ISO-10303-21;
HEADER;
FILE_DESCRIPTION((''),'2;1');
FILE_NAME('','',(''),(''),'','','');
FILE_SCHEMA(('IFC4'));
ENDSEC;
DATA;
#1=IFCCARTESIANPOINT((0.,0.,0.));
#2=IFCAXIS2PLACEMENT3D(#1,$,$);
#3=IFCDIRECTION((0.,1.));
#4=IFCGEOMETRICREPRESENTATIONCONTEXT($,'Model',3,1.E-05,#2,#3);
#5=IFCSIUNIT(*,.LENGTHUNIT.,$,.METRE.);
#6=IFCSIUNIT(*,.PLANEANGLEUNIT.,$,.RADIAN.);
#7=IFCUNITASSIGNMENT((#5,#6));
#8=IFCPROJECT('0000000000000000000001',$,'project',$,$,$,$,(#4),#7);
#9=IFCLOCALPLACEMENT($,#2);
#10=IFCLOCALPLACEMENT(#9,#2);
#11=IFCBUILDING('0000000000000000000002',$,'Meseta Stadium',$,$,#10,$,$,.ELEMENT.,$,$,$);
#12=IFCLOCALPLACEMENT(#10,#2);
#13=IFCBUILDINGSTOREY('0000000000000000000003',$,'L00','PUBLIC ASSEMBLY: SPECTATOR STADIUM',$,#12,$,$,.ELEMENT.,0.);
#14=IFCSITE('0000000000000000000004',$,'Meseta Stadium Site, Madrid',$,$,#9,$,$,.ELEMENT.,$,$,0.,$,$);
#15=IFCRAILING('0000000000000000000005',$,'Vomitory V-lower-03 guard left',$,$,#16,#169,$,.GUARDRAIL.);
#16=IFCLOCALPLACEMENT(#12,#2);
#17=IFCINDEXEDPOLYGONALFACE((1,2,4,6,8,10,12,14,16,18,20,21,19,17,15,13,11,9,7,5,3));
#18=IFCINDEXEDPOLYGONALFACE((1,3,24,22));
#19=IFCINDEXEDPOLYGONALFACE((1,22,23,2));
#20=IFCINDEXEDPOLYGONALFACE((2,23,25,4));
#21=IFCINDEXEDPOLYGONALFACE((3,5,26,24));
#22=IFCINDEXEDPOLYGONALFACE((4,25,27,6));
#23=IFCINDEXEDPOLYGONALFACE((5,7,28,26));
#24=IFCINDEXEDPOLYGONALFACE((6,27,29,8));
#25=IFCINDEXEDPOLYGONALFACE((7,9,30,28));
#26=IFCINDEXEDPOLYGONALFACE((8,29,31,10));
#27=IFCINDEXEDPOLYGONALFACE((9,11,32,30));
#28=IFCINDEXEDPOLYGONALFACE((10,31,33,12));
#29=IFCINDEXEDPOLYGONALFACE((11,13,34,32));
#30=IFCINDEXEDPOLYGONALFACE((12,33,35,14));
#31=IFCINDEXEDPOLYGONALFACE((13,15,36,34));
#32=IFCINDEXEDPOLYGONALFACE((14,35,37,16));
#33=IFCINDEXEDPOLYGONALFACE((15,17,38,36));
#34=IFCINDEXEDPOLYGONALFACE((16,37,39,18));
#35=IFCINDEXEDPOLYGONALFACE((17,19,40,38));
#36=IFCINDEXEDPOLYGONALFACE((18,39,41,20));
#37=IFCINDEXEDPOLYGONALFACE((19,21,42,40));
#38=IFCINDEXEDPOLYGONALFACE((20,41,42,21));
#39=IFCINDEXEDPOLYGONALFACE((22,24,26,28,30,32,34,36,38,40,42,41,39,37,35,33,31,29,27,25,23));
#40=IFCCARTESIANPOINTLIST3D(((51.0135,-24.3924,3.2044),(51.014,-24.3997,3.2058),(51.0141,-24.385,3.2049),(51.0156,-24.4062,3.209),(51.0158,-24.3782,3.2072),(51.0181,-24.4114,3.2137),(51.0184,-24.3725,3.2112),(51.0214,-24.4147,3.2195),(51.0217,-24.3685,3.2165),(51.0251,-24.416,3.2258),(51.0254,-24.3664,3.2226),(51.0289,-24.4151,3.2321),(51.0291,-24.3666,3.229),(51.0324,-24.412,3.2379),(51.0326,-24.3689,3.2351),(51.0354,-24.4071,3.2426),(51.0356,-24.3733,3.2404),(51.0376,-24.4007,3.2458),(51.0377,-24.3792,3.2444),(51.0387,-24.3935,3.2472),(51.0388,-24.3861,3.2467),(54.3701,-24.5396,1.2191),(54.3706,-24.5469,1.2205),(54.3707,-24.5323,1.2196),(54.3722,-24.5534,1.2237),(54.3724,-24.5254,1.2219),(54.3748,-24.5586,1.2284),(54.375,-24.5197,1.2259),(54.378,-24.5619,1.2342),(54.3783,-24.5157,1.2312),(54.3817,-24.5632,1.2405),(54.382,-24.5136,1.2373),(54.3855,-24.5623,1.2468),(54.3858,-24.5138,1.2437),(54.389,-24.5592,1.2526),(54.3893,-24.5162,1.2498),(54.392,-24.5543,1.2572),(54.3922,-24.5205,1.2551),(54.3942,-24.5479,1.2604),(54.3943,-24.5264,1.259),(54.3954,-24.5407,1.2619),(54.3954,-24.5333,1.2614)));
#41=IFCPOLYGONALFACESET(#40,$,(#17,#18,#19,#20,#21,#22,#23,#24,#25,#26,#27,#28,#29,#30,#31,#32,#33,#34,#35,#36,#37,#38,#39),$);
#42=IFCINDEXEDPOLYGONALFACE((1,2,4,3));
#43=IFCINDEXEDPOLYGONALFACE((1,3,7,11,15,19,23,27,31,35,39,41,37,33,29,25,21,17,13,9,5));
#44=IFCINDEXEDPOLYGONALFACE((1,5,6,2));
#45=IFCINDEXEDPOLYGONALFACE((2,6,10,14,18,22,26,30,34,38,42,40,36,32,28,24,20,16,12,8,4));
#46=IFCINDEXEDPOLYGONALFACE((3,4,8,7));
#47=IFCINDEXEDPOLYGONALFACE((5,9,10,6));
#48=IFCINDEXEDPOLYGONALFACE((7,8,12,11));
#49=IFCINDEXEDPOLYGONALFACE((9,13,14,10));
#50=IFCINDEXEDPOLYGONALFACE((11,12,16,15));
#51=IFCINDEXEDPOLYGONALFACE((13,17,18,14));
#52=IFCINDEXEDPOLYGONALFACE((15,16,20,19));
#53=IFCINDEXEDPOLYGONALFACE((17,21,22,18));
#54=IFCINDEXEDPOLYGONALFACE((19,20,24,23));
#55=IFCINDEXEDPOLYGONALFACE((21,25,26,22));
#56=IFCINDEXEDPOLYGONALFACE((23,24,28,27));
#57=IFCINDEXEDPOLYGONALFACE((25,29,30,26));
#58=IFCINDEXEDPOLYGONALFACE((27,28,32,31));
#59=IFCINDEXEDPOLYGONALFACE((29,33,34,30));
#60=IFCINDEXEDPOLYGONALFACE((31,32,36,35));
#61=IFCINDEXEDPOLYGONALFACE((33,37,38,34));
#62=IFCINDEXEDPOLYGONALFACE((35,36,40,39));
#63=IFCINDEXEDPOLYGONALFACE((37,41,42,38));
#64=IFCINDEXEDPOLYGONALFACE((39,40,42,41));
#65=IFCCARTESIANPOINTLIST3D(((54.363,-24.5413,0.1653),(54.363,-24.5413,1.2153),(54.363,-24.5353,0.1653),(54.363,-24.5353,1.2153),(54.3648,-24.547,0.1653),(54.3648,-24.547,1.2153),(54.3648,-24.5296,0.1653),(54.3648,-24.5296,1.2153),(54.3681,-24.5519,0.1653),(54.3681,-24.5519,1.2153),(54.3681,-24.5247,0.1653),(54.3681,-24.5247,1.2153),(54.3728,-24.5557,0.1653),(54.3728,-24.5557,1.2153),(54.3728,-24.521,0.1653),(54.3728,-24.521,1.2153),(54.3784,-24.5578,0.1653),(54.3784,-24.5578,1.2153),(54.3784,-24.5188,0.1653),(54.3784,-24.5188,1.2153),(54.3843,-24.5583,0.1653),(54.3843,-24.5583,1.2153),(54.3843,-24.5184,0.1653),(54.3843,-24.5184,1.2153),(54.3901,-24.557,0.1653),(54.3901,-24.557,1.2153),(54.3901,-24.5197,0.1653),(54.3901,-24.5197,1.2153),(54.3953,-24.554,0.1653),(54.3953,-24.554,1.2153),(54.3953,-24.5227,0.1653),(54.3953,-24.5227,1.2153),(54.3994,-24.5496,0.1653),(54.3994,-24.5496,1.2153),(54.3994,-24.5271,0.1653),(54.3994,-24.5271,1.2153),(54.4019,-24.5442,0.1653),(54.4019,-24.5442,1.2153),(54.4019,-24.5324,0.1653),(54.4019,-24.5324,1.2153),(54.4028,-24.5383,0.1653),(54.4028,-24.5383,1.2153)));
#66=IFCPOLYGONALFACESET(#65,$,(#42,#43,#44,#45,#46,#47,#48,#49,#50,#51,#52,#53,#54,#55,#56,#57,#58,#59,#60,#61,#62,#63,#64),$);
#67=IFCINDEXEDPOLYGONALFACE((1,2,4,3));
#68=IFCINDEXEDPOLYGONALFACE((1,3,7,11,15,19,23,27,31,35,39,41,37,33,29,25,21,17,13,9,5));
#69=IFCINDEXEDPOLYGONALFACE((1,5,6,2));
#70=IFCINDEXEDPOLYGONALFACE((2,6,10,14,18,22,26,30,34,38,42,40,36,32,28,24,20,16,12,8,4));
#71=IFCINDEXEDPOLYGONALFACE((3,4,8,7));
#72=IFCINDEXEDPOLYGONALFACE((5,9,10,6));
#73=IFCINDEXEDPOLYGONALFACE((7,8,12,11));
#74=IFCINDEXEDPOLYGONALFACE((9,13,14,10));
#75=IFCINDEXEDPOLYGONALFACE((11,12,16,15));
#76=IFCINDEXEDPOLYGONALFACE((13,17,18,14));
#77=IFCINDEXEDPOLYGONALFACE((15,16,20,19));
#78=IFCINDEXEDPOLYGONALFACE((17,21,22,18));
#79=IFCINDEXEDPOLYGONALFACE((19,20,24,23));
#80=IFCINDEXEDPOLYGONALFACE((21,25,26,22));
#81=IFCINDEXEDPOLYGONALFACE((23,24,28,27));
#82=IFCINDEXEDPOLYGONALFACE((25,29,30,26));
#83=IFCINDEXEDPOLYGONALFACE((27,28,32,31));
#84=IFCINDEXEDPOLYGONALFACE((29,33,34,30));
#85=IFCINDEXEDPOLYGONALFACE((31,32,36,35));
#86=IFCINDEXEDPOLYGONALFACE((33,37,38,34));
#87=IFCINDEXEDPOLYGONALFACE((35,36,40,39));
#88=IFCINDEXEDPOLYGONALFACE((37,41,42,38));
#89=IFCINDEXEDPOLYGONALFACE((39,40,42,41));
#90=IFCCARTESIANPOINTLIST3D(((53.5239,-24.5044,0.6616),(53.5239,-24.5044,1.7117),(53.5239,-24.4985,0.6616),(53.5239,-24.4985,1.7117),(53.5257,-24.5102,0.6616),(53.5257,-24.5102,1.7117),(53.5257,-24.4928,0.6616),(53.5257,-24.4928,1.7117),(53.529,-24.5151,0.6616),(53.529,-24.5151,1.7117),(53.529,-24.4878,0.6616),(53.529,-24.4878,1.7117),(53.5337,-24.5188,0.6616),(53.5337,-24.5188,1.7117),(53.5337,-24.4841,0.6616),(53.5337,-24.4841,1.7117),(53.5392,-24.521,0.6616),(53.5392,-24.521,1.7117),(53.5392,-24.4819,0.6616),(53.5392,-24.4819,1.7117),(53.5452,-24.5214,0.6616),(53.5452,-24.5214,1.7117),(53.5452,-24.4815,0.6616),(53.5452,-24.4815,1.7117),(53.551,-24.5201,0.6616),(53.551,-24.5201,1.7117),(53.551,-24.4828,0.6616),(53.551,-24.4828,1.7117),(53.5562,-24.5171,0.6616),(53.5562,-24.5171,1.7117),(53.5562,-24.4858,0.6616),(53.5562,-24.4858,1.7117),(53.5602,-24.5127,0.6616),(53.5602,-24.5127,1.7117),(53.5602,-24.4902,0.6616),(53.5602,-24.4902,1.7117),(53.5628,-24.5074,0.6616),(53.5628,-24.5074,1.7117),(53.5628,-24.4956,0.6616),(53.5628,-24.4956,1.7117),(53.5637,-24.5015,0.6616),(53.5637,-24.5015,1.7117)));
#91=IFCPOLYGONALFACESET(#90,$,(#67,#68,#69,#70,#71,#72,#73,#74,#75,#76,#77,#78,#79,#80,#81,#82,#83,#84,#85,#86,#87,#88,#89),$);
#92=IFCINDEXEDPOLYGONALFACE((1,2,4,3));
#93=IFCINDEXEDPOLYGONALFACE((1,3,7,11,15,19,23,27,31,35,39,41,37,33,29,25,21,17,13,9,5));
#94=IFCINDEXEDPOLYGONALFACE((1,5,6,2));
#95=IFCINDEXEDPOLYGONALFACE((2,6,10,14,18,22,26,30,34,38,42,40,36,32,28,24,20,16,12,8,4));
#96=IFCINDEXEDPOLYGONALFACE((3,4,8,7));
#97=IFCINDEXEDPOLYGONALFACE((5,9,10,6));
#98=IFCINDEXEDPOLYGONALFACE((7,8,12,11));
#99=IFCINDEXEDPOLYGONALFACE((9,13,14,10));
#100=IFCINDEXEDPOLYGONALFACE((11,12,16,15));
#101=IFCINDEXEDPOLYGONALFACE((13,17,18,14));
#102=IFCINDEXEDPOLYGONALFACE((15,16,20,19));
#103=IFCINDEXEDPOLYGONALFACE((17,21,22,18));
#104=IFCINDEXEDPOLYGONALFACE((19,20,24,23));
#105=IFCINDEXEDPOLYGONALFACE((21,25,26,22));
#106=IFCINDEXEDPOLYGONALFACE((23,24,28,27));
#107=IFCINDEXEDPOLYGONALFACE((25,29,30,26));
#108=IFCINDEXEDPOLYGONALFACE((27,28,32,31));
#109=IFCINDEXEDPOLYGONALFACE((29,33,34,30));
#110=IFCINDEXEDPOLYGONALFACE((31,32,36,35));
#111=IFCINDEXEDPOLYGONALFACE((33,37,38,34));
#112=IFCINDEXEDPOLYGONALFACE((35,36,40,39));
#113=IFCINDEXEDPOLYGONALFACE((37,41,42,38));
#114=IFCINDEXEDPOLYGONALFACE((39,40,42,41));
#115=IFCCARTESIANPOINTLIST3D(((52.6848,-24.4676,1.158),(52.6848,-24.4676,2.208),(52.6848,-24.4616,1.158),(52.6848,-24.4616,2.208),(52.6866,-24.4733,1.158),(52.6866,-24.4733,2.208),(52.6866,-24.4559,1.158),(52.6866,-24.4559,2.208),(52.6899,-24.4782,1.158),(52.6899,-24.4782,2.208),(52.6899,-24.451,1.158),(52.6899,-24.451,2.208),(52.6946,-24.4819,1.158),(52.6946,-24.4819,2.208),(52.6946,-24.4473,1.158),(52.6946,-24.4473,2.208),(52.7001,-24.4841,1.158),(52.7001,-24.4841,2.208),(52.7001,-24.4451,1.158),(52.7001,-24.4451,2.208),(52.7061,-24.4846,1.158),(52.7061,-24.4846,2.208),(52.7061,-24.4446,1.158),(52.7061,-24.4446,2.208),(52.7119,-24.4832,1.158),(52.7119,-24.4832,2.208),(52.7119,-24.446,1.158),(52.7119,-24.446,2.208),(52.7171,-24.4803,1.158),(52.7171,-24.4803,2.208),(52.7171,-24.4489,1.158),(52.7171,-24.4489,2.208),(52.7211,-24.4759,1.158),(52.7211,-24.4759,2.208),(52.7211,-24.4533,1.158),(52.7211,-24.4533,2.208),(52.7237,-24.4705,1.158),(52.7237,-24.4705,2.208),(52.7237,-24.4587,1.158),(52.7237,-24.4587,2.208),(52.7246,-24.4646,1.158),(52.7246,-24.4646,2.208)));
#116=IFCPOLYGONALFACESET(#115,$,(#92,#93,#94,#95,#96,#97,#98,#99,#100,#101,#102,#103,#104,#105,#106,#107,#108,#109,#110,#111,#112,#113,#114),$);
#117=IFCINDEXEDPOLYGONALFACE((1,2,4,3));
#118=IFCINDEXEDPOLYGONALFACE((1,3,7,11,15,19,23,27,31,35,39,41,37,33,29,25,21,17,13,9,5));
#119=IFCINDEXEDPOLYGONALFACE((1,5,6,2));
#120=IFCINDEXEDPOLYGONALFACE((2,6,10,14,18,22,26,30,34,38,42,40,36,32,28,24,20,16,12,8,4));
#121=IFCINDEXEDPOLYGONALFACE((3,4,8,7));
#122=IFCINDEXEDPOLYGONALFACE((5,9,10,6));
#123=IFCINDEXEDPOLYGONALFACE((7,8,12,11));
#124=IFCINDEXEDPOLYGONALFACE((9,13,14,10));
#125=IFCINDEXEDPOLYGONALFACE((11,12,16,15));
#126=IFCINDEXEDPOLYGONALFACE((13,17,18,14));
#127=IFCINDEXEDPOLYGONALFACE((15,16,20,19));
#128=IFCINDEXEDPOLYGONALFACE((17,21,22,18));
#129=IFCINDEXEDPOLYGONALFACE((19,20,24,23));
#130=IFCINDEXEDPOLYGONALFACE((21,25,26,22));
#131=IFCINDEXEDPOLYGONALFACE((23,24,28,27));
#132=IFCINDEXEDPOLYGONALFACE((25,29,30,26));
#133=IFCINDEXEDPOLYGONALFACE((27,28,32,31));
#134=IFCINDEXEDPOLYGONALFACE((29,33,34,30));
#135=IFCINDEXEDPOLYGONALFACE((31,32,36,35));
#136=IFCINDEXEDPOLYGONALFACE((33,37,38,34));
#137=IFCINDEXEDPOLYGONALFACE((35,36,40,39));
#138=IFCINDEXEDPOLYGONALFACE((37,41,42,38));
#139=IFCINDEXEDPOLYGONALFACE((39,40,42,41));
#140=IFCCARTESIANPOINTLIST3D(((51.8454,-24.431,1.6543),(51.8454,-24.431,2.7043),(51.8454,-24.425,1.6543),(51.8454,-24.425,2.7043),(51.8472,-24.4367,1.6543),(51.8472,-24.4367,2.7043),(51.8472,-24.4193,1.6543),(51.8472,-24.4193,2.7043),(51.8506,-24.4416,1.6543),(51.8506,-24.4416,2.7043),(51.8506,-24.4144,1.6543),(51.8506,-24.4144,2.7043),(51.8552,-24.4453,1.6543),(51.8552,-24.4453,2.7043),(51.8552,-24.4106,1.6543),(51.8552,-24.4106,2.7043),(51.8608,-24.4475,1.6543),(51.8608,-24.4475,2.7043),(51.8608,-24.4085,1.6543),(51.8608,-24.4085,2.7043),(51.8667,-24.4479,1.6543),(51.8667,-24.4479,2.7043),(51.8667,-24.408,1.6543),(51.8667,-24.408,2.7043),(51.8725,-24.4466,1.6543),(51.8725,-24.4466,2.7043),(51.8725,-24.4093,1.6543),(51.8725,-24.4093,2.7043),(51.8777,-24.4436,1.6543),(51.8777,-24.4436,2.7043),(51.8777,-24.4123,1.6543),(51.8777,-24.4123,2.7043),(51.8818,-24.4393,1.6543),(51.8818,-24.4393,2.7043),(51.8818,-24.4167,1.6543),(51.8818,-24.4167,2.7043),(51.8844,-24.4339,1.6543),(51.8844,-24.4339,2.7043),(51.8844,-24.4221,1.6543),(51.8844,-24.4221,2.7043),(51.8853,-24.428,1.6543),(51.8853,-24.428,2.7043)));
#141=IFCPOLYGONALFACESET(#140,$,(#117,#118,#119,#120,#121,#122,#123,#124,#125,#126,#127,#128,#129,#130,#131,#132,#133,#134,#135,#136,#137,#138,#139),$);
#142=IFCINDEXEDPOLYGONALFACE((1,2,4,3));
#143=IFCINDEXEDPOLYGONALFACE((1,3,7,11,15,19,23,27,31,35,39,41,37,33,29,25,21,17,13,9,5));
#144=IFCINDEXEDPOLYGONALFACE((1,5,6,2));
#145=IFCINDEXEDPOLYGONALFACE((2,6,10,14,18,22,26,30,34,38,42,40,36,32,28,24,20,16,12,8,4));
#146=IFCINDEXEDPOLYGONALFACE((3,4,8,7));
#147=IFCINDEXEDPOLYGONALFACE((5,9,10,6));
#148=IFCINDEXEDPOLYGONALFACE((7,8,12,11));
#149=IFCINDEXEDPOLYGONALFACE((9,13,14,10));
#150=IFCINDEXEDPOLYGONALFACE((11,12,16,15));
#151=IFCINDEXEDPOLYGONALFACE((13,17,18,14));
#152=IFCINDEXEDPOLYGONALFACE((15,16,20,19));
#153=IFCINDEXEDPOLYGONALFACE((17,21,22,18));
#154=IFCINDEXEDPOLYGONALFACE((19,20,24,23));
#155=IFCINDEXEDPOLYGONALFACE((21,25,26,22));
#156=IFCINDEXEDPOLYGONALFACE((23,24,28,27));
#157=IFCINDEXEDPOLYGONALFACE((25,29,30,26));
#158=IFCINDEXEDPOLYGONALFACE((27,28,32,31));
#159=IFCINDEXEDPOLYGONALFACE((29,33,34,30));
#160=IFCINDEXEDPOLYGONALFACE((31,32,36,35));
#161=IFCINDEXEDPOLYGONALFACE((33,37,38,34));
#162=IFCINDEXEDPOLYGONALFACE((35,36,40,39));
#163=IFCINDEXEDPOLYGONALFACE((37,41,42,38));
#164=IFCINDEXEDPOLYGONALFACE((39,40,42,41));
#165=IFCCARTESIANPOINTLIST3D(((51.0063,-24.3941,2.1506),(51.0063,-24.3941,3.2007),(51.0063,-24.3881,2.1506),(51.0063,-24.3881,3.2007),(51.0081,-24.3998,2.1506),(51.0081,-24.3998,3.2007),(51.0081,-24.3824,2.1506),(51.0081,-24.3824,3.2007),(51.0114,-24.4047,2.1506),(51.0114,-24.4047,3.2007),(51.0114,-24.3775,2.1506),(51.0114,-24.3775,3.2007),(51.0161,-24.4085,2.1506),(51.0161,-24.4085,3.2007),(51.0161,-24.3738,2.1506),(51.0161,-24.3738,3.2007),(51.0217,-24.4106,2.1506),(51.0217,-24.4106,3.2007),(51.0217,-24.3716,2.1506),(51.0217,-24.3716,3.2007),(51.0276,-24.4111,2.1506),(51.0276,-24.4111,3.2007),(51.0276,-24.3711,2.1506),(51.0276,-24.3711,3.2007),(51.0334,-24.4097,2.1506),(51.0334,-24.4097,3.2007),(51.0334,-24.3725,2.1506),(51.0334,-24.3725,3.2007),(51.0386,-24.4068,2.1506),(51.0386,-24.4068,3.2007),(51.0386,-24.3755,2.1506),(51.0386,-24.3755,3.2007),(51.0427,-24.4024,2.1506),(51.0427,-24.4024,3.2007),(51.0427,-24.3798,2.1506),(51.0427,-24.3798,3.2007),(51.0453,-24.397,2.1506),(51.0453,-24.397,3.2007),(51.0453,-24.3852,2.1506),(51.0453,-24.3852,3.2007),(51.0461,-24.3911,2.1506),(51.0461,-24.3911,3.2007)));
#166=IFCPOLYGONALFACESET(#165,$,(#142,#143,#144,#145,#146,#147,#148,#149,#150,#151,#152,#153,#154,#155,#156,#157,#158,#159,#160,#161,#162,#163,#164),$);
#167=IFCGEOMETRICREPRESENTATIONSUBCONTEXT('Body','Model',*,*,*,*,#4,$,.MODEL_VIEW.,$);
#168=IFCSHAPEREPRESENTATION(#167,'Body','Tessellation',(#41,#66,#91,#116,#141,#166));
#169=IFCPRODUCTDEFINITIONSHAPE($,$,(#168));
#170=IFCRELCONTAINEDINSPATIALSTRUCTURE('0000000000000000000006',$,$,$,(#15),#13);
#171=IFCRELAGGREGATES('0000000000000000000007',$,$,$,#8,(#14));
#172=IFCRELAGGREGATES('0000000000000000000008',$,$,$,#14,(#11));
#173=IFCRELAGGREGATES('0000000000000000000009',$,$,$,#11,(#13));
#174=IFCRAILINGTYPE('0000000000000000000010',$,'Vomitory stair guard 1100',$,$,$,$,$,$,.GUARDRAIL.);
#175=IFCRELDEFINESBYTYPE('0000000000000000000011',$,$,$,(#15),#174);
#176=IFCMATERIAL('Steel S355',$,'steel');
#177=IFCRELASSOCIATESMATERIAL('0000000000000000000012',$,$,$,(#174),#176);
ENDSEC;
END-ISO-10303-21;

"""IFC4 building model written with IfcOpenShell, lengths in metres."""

from ifc_helpers import new_model, si_unit, direction, frame, origin, origin_2d, place, context, subcontext, project, spatial, circle, extrude, material, type_object, element, save


model = new_model("IFC4")

# Units and contexts
model_context = context("Model", 3, precision=1e-05, world=origin(), true_north=direction((0.0, 1.0)))
body_context = subcontext(model_context, "Body", "Model", "MODEL_VIEW")
ifc_project = project(units=[si_unit("LENGTHUNIT", "METRE"), si_unit("PLANEANGLEUNIT", "RADIAN")], contexts=[model_context])

# Site, building, storey
site_placement = place(None, origin())
site = spatial("IfcSite", under=ifc_project, at=site_placement, Name="Meseta Stadium Site, Madrid", CompositionType="ELEMENT", RefElevation=0.0)
building_placement = place(site_placement, origin())
building = spatial("IfcBuilding", under=site, at=building_placement, Name="Meseta Stadium", CompositionType="ELEMENT")
storey_placement = place(building_placement, origin())
storey = spatial("IfcBuildingStorey", under=building, at=storey_placement, Name="L00", Description="PUBLIC ASSEMBLY: SPECTATOR STADIUM", CompositionType="ELEMENT", Elevation=0.0)

# Railing
ifc_material_1 = material(Name="Steel S355", Category="steel")
railing_type_1 = type_object("IfcRailingType", Name="Vomitory stair guard 1100", PredefinedType="GUARDRAIL", material=ifc_material_1)
for number, where, name in (
    (1, (54.3828, -24.5383, 0.1653), "Vomitory V-lower-03 guard left"),
):
    element("IfcRailing", number, at=place(storey_placement, frame(where)), inside=storey, type_object=railing_type_1, Name=name, PredefinedType="GUARDRAIL", context=body_context, shape_type="SweptSolid", body=[
        extrude(circle(Radius=0.0249, at=origin_2d()), frame((0.0, 0.0, 1.0752), z_axis=(-0.860106, 0.037722, 0.508719), x_axis=(-0.043816, -0.99904, 0.0)), (0.0, 0.0, 1.0), 3.9026),
        extrude(circle(Radius=0.02, at=origin_2d()), origin(), (0.0, 0.0, 1.0), 1.05),
        extrude(circle(Radius=0.02, at=origin_2d()), frame((-0.8391, 0.0369, 0.4963)), (0.0, 0.0, 1.0), 1.05),
        extrude(circle(Radius=0.02, at=origin_2d()), frame((-1.6782, 0.0737, 0.9927)), (0.0, 0.0, 1.0), 1.05),
        extrude(circle(Radius=0.02, at=origin_2d()), frame((-2.5176, 0.1104, 1.489)), (0.0, 0.0, 1.0), 1.05),
        extrude(circle(Radius=0.02, at=origin_2d()), frame((-3.3567, 0.1472, 1.9854)), (0.0, 0.0, 1.0), 1.05),
    ])

save(model, "model.ifc")
